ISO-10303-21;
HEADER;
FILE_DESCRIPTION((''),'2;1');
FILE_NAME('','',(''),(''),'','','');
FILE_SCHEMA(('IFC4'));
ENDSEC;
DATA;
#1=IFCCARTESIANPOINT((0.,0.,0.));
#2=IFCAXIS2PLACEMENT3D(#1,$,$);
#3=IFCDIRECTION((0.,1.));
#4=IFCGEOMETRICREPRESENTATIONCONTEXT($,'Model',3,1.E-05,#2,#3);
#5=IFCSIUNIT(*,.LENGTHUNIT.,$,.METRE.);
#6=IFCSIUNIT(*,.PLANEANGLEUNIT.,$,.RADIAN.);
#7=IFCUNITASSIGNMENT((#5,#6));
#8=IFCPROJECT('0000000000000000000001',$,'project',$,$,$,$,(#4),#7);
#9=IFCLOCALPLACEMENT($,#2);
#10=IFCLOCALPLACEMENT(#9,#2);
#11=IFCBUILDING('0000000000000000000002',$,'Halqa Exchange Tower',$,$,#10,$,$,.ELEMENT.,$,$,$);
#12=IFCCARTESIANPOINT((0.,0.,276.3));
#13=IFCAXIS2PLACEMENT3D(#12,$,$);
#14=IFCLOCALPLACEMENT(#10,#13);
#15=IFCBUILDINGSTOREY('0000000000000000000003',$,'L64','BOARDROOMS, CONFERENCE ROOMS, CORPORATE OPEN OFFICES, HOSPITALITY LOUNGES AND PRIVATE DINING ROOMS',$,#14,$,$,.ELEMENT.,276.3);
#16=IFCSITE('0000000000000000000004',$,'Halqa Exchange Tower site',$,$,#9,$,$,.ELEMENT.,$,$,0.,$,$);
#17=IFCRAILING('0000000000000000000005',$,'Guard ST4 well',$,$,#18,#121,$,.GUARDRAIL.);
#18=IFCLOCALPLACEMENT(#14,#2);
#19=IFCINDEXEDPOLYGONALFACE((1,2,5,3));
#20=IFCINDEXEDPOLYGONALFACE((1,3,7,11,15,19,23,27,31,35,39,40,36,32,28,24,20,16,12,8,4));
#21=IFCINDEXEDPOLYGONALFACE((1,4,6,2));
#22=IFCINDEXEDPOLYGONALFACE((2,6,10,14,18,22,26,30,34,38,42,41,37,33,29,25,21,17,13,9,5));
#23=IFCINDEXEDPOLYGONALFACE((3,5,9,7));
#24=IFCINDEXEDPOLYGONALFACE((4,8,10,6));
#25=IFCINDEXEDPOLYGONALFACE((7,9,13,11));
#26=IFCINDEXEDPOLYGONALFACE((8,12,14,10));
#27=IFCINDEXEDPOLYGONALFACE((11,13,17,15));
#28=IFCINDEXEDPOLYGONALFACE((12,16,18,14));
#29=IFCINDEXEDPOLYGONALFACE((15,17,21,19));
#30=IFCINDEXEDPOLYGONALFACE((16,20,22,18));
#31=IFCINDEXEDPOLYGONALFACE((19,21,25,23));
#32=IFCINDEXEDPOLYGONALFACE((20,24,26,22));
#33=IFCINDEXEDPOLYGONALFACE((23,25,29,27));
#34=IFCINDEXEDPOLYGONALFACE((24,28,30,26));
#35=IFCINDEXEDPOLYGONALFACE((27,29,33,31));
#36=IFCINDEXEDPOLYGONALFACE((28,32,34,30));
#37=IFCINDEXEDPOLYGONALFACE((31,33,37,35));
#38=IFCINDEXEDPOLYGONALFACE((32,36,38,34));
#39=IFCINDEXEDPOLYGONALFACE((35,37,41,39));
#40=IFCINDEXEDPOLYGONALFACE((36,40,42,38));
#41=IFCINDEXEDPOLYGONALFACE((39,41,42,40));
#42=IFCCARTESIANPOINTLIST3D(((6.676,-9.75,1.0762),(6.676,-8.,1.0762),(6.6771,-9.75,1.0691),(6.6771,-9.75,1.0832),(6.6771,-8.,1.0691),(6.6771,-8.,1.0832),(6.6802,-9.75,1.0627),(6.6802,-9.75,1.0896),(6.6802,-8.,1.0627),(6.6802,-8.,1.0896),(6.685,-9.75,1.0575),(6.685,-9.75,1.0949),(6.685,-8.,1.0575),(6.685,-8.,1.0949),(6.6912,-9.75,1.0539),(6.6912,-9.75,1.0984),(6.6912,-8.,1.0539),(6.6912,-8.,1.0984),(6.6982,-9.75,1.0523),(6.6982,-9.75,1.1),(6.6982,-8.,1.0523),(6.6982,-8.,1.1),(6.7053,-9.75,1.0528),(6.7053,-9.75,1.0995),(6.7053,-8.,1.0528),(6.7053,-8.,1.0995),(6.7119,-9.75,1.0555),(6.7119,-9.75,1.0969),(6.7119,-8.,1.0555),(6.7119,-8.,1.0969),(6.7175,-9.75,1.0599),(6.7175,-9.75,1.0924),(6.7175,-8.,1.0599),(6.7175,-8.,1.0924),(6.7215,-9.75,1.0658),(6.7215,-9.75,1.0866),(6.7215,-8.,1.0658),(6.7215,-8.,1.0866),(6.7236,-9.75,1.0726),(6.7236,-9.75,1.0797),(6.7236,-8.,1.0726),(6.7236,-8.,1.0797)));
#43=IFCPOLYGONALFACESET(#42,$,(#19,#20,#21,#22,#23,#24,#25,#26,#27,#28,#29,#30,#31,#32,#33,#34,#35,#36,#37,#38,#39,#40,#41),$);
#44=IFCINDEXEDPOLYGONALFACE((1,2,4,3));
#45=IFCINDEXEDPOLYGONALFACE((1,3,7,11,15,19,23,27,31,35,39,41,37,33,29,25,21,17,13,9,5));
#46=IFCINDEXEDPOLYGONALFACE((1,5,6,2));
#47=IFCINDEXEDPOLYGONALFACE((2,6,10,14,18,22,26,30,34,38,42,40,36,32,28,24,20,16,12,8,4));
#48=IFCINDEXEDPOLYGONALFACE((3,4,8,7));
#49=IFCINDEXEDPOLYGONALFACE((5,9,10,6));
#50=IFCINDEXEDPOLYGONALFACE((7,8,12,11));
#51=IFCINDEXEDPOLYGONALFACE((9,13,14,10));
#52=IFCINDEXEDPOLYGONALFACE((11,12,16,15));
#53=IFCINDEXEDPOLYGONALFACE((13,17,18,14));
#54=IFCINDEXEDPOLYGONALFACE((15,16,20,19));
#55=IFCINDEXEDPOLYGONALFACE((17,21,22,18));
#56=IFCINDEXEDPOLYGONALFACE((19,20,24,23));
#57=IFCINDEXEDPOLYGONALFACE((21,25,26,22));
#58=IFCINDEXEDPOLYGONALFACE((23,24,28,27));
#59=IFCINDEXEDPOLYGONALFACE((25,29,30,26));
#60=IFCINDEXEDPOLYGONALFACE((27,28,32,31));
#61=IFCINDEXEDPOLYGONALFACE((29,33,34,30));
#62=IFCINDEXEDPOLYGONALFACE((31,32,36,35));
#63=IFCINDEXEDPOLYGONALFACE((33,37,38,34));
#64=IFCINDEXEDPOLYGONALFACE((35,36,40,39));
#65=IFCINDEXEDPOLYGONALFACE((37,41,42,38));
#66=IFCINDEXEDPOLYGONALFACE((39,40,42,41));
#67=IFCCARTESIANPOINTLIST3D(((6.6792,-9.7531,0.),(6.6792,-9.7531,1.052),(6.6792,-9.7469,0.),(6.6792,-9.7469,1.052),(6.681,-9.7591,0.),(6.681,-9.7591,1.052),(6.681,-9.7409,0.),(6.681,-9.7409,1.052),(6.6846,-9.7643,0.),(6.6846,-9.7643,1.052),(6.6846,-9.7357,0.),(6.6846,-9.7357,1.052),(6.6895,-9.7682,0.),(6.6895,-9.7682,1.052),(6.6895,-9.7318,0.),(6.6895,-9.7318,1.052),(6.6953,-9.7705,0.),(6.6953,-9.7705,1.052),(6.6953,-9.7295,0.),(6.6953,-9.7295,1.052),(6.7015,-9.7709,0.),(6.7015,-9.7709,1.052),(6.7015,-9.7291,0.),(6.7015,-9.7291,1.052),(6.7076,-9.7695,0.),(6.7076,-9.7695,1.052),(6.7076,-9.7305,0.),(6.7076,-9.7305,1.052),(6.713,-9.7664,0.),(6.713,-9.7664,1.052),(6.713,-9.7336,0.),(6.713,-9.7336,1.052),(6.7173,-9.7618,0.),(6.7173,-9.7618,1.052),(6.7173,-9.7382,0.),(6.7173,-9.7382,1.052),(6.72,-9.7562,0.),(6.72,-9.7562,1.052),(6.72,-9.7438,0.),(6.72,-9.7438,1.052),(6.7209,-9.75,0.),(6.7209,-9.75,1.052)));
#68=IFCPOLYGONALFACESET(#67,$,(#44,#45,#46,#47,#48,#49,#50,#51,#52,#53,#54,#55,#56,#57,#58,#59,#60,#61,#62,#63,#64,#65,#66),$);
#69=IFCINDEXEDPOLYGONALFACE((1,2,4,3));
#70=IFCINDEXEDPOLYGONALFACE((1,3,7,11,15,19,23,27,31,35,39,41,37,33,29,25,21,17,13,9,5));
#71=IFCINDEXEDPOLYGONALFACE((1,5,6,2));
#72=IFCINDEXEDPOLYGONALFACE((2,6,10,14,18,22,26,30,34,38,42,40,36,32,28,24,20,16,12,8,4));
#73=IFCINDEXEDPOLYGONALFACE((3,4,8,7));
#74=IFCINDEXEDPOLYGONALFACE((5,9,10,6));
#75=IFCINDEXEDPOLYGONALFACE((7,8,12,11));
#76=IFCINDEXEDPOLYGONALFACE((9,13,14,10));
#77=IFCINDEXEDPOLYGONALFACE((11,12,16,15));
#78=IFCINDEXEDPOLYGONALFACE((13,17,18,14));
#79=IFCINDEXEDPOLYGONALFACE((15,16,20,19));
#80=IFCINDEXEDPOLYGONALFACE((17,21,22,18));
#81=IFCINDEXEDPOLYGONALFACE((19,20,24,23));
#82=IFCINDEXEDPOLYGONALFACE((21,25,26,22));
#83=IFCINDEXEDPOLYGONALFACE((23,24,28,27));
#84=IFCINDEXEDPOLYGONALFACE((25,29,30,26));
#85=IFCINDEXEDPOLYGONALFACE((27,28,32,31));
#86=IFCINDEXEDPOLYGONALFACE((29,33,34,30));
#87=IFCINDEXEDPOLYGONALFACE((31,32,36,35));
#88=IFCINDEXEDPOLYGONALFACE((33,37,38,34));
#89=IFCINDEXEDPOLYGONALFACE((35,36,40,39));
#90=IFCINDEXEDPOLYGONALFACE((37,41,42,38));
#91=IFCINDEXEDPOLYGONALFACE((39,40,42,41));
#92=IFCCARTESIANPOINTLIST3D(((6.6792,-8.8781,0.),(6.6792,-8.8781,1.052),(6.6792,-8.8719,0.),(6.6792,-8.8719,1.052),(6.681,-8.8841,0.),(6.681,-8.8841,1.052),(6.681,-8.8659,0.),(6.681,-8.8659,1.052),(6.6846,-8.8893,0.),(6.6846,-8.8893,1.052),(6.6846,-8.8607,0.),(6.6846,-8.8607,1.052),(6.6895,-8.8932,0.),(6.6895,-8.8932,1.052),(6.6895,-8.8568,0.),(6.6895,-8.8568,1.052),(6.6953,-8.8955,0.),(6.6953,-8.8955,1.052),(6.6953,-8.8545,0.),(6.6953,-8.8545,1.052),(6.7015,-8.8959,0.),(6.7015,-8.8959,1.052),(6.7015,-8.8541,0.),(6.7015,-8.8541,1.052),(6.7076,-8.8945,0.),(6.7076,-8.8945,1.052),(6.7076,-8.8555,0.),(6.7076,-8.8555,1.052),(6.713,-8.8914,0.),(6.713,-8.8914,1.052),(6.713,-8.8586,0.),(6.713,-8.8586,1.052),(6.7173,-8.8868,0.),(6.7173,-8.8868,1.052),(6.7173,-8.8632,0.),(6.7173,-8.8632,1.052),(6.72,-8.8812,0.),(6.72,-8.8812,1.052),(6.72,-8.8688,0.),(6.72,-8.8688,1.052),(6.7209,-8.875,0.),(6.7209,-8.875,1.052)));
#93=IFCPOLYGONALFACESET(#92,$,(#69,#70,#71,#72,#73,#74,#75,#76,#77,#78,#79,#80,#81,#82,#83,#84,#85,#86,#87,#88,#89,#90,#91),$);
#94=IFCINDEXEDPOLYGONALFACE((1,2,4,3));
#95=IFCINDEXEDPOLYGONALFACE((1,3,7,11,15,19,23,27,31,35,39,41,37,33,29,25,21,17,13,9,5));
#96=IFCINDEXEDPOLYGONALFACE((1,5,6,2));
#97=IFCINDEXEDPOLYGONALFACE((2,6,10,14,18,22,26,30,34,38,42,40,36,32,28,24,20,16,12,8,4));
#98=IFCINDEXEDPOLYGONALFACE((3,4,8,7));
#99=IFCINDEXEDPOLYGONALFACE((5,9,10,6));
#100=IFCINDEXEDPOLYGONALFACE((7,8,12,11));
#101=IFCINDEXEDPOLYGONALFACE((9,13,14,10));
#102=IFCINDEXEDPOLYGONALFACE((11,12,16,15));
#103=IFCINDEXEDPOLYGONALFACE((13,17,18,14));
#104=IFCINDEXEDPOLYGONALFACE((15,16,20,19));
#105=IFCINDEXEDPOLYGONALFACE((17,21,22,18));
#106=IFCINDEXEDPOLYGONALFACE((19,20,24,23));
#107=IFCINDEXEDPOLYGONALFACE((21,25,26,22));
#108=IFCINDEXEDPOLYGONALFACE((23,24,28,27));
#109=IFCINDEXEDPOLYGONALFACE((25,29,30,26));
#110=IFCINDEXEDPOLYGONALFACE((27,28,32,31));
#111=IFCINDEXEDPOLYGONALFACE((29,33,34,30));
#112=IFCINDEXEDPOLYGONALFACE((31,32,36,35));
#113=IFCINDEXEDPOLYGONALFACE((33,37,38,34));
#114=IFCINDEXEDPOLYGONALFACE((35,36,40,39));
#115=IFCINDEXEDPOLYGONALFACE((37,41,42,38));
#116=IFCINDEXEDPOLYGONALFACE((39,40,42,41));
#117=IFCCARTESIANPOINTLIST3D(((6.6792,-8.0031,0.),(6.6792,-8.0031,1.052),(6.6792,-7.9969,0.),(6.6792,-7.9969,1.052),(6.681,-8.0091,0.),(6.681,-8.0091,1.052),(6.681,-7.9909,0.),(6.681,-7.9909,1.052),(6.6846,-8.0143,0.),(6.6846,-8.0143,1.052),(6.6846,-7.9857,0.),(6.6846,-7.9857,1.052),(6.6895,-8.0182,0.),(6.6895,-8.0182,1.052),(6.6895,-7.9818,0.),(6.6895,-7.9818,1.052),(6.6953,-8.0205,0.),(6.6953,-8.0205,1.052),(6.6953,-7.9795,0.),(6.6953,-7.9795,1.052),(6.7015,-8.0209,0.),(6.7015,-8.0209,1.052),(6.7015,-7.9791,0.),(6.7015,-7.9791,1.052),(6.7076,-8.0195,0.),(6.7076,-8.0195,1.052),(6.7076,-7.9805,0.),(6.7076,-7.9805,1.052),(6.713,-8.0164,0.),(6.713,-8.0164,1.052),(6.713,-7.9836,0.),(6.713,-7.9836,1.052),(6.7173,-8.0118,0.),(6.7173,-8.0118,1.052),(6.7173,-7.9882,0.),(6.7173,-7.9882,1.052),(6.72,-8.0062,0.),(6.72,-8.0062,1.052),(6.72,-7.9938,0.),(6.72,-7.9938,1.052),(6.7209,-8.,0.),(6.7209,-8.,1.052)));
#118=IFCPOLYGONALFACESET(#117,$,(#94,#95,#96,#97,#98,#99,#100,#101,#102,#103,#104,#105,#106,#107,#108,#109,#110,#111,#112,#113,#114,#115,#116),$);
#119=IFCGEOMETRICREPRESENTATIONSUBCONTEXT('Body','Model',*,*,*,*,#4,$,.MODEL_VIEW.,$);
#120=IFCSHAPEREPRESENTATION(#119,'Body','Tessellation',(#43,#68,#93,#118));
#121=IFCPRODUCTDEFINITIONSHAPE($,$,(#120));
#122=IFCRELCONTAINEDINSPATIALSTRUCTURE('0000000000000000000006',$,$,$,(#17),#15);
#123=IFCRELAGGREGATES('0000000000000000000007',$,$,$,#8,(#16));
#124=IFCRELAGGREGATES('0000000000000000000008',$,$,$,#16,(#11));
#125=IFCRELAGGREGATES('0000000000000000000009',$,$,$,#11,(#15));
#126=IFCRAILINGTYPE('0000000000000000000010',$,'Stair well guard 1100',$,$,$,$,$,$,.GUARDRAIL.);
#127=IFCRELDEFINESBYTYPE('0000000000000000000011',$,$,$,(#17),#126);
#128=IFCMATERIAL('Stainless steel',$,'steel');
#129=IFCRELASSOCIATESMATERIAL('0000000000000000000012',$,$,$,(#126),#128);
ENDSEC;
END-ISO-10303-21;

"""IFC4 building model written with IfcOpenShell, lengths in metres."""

from ifc_helpers import new_model, si_unit, direction, frame, origin, origin_2d, place, context, subcontext, project, spatial, circle, extrude, material, type_object, element, save


model = new_model("IFC4")

# Units and contexts
model_context = context("Model", 3, precision=1e-05, world=origin(), true_north=direction((0.0, 1.0)))
body_context = subcontext(model_context, "Body", "Model", "MODEL_VIEW")
ifc_project = project(units=[si_unit("LENGTHUNIT", "METRE"), si_unit("PLANEANGLEUNIT", "RADIAN")], contexts=[model_context])

# Site, building, storey
site_placement = place(None, origin())
site = spatial("IfcSite", under=ifc_project, at=site_placement, Name="Halqa Exchange Tower site", CompositionType="ELEMENT", RefElevation=0.0)
building_placement = place(site_placement, origin())
building = spatial("IfcBuilding", under=site, at=building_placement, Name="Halqa Exchange Tower", CompositionType="ELEMENT")
storey_placement = place(building_placement, frame((0.0, 0.0, 276.3)))
storey = spatial("IfcBuildingStorey", under=building, at=storey_placement, Name="L64", Description="BOARDROOMS, CONFERENCE ROOMS, CORPORATE OPEN OFFICES, HOSPITALITY LOUNGES AND PRIVATE DINING ROOMS", CompositionType="ELEMENT", Elevation=276.3)

# Railing
ifc_material_1 = material(Name="Stainless steel", Category="steel")
railing_type_1 = type_object("IfcRailingType", Name="Stair well guard 1100", PredefinedType="GUARDRAIL", material=ifc_material_1)
railing_1_placement = place(storey_placement, frame((6.7, -9.75, 0.0)))
element("IfcRailing", 1, at=railing_1_placement, inside=storey, type_object=railing_type_1, Name="Guard ST4 well", PredefinedType="GUARDRAIL", context=body_context, shape_type="SweptSolid", body=[
    extrude(circle(Radius=0.0239, at=origin_2d()), frame((0.0, 0.0, 1.0762), z_axis=(0.0, 1.0, 0.0), x_axis=(-1.0, 0.0, 0.0)), (0.0, 0.0, 1.0), 1.75),
    extrude(circle(Radius=0.021, at=origin_2d()), origin(), (0.0, 0.0, 1.0), 1.052),
    extrude(circle(Radius=0.021, at=origin_2d()), frame((0.0, 0.875, 0.0)), (0.0, 0.0, 1.0), 1.052),
    extrude(circle(Radius=0.021, at=origin_2d()), frame((0.0, 1.75, 0.0)), (0.0, 0.0, 1.0), 1.052),
])

save(model, "model.ifc")
